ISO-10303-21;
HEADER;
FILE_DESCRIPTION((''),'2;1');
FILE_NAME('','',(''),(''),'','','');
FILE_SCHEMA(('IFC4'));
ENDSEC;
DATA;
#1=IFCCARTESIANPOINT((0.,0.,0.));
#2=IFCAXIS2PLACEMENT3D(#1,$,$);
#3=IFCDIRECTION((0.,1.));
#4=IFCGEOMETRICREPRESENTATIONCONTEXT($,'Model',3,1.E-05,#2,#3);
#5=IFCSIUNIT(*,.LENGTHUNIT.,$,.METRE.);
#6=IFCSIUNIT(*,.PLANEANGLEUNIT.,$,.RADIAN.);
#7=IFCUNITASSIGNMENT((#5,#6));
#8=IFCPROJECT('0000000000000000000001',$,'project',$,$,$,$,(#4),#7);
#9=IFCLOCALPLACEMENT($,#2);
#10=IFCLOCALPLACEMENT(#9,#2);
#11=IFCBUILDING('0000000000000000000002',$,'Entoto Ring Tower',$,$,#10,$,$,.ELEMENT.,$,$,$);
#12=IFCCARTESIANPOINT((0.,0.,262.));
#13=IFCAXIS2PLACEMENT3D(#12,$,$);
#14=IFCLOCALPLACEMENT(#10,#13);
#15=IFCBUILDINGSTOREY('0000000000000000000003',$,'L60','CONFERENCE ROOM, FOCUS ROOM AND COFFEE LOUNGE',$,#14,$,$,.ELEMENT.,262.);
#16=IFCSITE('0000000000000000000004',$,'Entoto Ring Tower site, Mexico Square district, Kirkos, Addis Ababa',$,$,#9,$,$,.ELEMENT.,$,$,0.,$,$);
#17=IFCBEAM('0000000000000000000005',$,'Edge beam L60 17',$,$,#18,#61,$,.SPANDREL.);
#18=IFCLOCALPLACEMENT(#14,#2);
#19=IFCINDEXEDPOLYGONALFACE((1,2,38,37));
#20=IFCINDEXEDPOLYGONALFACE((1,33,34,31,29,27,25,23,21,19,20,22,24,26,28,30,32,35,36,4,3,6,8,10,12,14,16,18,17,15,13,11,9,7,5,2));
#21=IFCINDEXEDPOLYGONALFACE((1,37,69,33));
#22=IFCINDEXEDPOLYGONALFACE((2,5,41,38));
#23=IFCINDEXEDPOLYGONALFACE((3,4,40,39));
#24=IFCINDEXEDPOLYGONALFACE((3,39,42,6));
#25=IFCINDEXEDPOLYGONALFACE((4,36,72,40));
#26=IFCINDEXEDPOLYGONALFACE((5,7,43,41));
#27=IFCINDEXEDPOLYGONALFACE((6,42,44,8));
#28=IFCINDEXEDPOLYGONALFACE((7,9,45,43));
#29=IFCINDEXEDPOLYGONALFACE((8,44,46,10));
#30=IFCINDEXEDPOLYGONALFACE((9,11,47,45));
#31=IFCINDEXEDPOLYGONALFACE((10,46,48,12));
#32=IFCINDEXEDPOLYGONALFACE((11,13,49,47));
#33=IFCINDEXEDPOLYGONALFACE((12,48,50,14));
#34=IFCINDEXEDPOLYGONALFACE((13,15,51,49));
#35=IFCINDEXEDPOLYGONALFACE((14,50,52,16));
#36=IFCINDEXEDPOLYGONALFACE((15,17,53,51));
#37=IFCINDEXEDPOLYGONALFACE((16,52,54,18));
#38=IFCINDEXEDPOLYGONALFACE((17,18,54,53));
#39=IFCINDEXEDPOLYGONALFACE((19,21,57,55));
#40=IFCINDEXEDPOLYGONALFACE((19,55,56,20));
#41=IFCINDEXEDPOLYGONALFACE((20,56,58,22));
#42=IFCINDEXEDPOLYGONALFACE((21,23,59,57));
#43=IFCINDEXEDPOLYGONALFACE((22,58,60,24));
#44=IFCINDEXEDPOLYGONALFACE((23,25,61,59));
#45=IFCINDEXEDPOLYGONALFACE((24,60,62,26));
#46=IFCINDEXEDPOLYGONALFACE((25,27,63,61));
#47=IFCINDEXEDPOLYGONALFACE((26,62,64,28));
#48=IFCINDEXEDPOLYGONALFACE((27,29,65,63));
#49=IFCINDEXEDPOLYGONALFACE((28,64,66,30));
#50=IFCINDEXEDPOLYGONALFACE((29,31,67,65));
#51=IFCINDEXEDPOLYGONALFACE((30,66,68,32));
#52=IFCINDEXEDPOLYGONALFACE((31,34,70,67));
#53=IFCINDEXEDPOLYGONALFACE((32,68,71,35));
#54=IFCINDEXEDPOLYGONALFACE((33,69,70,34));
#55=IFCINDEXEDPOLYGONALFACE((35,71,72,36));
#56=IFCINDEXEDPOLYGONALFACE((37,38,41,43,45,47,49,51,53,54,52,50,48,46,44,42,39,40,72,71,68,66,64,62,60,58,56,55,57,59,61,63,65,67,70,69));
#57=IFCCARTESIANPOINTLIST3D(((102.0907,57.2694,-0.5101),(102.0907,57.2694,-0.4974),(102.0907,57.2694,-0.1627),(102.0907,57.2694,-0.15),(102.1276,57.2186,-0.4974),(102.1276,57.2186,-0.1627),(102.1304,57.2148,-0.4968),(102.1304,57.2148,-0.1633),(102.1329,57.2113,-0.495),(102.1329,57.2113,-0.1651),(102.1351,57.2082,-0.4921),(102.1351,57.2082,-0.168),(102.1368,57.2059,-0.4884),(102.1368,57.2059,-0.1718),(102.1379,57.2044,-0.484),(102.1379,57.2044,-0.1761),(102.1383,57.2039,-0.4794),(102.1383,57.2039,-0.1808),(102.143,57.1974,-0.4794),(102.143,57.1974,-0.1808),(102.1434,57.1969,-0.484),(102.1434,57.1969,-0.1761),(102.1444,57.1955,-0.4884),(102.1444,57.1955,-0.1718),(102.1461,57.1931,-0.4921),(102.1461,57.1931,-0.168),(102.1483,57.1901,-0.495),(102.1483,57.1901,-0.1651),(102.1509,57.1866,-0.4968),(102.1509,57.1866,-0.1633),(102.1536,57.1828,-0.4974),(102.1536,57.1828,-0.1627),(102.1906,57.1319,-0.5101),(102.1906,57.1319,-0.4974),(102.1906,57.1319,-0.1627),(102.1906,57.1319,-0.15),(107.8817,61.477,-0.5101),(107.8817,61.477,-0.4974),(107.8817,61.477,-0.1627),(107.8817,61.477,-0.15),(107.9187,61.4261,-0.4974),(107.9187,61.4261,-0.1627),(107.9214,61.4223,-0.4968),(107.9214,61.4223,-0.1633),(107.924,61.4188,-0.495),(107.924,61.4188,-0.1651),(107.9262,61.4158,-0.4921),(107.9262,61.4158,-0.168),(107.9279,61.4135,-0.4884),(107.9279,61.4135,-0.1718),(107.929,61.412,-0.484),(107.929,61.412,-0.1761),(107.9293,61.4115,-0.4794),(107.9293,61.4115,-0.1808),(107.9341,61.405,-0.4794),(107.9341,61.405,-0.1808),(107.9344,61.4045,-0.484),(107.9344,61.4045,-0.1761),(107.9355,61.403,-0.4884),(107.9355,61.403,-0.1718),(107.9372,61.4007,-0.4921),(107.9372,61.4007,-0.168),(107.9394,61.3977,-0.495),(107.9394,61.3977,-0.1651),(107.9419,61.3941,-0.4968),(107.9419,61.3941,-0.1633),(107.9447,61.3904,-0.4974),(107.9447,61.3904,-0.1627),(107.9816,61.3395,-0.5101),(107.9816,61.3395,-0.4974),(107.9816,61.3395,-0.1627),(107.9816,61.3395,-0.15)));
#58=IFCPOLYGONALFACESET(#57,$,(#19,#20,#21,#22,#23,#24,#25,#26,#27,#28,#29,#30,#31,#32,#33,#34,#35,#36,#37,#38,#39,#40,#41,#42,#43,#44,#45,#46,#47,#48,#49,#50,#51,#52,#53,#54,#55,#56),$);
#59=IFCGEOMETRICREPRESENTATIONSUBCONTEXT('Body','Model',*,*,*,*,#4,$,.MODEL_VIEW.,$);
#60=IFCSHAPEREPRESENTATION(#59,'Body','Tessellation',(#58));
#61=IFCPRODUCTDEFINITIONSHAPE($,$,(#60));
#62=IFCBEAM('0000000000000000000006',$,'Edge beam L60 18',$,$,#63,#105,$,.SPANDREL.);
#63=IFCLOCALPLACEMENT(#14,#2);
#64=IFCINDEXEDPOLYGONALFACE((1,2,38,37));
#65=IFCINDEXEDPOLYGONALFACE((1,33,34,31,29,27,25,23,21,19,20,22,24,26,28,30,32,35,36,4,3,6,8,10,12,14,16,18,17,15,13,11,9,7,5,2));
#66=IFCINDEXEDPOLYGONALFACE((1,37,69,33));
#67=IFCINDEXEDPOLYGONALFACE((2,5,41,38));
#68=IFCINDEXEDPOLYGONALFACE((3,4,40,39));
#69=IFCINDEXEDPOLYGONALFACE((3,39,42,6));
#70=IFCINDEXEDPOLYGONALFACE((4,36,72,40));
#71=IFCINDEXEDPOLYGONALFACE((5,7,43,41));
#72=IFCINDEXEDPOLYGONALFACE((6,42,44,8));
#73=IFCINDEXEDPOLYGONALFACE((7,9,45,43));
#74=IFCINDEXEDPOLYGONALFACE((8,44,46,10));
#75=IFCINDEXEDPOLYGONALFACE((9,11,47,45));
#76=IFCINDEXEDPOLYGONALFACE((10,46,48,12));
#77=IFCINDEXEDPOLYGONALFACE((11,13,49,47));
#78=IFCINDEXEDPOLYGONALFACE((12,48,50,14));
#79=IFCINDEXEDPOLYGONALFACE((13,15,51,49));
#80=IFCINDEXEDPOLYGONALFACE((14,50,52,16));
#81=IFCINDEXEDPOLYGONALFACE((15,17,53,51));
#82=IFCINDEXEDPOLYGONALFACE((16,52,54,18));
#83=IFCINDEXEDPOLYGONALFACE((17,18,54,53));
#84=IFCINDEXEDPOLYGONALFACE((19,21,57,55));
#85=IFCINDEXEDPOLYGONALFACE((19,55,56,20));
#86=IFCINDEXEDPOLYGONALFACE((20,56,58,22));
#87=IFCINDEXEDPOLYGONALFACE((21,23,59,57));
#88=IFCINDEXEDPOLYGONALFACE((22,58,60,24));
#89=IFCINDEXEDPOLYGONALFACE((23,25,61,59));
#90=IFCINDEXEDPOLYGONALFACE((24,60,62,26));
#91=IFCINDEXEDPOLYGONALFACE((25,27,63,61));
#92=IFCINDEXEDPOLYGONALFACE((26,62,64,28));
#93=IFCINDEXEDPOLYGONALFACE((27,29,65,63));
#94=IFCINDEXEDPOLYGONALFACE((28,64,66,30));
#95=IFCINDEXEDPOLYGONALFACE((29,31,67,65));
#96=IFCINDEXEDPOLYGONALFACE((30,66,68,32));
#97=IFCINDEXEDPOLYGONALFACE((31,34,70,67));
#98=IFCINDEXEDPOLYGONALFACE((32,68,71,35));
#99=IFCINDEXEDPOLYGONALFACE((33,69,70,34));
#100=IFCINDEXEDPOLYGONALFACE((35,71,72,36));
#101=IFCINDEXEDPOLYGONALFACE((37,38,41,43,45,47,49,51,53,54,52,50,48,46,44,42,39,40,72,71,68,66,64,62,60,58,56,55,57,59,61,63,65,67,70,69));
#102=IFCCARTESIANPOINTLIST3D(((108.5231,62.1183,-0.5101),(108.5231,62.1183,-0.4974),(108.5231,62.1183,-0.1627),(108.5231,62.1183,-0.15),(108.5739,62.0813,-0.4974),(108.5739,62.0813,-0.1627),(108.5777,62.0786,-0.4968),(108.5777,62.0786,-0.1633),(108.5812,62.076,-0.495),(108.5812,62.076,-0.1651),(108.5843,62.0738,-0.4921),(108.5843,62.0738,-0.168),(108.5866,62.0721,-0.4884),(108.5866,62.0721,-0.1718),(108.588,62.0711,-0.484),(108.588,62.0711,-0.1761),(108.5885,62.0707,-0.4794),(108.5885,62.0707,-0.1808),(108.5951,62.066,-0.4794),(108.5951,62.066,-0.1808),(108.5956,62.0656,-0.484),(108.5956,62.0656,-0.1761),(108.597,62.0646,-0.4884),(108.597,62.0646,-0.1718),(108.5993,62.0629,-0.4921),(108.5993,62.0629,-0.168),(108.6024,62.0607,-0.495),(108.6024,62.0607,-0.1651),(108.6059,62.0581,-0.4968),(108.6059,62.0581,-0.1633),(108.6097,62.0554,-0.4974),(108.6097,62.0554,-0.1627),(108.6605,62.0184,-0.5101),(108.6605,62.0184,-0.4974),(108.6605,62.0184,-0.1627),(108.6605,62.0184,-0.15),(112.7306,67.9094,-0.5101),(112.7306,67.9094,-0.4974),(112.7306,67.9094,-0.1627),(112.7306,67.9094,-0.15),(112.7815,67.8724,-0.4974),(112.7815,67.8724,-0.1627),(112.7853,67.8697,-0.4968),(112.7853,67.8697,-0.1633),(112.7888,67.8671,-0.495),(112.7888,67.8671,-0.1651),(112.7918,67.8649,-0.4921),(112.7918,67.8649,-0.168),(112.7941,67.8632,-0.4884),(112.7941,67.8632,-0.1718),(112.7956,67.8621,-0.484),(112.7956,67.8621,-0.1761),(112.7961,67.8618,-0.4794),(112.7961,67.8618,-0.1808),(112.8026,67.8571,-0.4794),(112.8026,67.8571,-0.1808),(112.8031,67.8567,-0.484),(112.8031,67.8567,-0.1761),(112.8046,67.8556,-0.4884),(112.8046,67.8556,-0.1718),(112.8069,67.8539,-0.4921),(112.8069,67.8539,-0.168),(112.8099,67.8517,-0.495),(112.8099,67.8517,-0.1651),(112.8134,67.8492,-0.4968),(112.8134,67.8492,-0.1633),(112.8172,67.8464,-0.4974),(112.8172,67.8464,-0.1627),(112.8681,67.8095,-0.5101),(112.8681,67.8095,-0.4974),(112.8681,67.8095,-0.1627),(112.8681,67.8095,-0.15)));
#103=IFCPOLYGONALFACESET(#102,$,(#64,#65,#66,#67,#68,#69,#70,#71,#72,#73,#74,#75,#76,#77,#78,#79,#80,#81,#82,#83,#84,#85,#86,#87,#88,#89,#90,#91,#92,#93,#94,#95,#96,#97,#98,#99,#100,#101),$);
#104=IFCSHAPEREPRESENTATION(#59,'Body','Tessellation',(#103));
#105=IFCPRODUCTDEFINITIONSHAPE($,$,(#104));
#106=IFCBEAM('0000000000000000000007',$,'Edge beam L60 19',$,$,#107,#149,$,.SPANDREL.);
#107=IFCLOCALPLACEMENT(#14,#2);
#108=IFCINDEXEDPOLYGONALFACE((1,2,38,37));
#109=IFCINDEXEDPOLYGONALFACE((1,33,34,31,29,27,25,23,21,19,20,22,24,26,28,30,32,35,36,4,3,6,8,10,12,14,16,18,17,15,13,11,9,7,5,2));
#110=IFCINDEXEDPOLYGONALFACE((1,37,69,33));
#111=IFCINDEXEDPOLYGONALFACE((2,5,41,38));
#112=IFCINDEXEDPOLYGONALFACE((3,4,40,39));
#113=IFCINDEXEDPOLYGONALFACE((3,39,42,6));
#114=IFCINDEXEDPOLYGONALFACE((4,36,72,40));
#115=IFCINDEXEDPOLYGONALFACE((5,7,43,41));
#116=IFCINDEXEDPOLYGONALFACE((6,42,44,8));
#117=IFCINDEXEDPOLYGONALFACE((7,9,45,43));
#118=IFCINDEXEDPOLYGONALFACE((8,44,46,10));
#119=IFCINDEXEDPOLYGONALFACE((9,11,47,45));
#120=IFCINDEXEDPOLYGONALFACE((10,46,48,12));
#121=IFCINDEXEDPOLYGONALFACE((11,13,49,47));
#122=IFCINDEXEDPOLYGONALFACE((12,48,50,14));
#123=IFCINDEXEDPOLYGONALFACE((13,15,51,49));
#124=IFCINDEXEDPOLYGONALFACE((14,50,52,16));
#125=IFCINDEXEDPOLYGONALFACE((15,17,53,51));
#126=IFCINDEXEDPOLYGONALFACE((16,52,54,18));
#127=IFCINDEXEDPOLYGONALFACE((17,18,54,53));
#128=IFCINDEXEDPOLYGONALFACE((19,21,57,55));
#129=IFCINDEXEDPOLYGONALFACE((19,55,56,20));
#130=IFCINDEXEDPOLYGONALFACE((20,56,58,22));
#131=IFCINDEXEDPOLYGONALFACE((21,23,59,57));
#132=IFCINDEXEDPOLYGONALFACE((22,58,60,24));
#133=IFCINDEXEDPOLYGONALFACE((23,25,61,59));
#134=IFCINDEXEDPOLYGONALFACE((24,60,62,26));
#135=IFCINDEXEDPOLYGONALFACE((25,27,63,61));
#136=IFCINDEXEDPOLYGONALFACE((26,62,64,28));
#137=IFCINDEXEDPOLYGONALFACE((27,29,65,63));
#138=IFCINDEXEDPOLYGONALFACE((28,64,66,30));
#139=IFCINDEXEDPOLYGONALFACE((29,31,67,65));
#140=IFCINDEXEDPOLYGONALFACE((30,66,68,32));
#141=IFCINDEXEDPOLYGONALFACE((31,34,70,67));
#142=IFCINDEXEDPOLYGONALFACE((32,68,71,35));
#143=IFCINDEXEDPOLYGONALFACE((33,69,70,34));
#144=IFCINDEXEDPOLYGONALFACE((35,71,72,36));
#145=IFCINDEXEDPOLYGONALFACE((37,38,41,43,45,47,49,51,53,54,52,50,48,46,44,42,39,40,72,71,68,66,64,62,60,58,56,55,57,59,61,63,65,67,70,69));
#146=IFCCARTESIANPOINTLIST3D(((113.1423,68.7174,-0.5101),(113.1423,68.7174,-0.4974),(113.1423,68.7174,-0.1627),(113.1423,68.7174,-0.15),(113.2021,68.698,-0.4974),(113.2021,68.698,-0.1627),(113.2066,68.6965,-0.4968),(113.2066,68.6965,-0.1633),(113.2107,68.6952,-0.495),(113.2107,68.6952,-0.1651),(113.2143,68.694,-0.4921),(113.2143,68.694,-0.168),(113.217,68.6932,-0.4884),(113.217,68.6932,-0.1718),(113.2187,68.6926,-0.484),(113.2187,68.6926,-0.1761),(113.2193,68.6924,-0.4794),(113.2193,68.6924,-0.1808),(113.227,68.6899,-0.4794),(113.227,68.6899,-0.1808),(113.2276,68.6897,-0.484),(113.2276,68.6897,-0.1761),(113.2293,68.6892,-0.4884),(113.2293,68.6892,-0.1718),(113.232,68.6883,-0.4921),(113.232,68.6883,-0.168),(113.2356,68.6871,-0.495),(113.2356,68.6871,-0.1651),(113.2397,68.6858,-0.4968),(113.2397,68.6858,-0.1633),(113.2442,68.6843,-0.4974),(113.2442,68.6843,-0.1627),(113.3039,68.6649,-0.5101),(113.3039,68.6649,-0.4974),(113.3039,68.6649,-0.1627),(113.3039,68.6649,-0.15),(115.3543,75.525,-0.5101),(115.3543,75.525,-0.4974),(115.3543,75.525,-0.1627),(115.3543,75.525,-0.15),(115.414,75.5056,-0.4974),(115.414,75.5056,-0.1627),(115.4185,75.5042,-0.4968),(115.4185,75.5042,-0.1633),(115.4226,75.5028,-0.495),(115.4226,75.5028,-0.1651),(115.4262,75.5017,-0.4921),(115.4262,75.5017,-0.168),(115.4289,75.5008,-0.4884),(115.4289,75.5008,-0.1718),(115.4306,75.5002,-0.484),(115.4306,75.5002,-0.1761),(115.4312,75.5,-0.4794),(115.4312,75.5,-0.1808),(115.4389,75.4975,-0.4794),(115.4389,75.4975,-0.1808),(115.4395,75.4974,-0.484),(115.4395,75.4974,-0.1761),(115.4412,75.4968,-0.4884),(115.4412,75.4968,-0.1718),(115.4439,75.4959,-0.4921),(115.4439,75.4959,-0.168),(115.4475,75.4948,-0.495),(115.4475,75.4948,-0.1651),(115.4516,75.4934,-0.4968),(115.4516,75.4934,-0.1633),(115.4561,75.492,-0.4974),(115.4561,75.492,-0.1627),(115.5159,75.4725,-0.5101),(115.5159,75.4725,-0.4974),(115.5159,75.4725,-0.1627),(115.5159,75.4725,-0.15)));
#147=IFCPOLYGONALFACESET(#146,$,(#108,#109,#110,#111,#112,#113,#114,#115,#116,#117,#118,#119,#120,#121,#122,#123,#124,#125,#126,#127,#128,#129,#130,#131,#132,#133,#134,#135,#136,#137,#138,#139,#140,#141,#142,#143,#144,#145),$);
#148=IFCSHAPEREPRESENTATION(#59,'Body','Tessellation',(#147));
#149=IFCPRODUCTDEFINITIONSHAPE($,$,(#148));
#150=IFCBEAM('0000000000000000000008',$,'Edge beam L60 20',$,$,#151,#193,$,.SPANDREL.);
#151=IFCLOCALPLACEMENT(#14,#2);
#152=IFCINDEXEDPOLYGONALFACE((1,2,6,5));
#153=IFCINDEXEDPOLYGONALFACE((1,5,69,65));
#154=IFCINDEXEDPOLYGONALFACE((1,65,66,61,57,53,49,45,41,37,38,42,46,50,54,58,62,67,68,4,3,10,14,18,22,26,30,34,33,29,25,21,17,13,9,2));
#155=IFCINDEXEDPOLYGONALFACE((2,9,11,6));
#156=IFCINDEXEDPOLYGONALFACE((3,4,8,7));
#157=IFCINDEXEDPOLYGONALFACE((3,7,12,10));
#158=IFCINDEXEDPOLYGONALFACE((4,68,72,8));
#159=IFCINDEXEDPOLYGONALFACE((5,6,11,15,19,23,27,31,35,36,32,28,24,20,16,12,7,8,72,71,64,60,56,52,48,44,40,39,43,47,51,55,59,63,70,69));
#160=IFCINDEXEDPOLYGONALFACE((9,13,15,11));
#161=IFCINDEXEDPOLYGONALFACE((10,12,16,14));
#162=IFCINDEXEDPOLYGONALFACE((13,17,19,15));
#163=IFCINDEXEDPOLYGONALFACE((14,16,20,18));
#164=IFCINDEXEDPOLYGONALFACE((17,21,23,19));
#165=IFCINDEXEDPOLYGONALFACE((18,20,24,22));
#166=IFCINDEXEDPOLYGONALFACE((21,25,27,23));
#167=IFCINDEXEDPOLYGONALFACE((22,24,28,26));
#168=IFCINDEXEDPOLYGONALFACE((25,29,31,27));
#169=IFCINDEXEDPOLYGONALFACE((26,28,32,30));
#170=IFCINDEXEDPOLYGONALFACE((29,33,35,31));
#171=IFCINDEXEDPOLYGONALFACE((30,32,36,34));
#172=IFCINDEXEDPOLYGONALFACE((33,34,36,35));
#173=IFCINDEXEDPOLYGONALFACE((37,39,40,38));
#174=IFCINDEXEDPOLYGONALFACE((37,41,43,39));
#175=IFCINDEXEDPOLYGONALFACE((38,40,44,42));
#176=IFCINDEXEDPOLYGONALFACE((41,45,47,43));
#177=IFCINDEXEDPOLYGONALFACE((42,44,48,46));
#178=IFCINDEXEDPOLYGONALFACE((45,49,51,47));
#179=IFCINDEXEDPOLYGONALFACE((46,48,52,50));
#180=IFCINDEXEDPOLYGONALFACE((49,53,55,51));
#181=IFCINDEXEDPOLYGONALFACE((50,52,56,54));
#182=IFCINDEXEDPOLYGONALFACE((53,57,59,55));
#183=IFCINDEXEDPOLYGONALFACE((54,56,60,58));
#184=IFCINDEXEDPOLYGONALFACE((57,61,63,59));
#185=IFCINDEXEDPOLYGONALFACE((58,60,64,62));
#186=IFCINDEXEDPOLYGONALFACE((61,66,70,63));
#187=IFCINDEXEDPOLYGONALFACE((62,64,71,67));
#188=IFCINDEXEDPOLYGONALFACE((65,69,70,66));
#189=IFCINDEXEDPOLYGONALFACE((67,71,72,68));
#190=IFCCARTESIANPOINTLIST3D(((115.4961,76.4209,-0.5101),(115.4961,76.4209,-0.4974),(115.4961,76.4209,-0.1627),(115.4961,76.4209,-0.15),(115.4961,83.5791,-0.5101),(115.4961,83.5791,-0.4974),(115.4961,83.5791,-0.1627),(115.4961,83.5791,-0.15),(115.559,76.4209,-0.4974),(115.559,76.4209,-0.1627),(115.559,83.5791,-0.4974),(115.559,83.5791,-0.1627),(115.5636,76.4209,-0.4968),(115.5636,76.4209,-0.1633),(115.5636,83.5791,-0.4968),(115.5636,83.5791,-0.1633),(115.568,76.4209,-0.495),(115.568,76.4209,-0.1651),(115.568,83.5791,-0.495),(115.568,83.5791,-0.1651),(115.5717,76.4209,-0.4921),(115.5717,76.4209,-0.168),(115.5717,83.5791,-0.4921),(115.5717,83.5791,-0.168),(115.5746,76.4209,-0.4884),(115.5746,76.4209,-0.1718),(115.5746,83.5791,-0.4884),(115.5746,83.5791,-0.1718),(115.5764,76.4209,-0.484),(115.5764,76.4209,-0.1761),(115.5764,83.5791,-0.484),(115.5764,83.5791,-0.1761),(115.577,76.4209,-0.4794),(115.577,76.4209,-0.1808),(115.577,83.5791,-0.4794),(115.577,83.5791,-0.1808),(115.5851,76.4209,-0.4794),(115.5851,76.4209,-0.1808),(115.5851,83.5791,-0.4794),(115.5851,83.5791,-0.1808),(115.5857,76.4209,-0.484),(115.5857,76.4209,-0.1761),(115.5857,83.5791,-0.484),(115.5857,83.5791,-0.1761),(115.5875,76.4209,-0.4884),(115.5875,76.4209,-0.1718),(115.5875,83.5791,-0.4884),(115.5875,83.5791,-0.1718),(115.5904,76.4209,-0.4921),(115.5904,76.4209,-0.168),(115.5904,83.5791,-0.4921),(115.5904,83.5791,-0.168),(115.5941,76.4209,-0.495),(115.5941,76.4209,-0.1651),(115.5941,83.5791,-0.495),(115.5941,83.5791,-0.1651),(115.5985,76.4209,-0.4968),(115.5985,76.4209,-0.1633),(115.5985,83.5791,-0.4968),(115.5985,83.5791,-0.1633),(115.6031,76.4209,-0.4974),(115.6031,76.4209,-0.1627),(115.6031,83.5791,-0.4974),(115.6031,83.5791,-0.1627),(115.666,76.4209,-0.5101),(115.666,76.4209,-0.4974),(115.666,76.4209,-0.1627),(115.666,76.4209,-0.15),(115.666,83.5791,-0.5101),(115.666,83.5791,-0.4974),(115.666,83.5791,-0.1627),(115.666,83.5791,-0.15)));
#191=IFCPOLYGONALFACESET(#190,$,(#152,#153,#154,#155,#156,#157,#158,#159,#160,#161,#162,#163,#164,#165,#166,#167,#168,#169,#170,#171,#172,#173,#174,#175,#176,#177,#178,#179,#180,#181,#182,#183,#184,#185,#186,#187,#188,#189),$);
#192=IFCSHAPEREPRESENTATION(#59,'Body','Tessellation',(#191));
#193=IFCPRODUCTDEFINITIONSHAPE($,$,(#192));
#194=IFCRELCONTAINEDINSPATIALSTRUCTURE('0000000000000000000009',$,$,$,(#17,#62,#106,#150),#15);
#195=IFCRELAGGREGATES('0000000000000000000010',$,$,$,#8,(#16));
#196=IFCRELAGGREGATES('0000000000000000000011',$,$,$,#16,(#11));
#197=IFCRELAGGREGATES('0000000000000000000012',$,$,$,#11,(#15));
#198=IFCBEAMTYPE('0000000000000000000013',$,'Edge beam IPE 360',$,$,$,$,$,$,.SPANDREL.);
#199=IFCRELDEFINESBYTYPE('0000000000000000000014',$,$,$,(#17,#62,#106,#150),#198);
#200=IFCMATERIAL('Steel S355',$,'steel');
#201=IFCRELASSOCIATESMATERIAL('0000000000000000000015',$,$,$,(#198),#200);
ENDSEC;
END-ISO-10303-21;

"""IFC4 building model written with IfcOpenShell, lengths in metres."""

from ifc_helpers import new_model, si_unit, direction, frame, origin, origin_2d, place, context, subcontext, project, spatial, i_section, extrude, material, material_profile, profile_set, type_object, element, save


model = new_model("IFC4")

# Units and contexts
model_context = context("Model", 3, precision=1e-05, world=origin(), true_north=direction((0.0, 1.0)))
body_context = subcontext(model_context, "Body", "Model", "MODEL_VIEW")
ifc_project = project(units=[si_unit("LENGTHUNIT", "METRE"), si_unit("PLANEANGLEUNIT", "RADIAN")], contexts=[model_context])

# Site, building, storey
site_placement = place(None, origin())
site = spatial("IfcSite", under=ifc_project, at=site_placement, Name="Entoto Ring Tower site, Mexico Square district, Kirkos, Addis Ababa", CompositionType="ELEMENT", RefElevation=0.0)
building_placement = place(site_placement, origin())
building = spatial("IfcBuilding", under=site, at=building_placement, Name="Entoto Ring Tower", CompositionType="ELEMENT")
storey_placement = place(building_placement, frame((0.0, 0.0, 262.0)))
storey = spatial("IfcBuildingStorey", under=building, at=storey_placement, Name="L60", Description="CONFERENCE ROOM, FOCUS ROOM AND COFFEE LOUNGE", CompositionType="ELEMENT", Elevation=262.0)

# Beams
ifc_material_1 = material(Name="Steel S355", Category="steel")
ifc_material_profile_1 = material_profile(ifc_material_1, i_section(OverallWidth=0.1699, OverallDepth=0.3601, WebThickness=0.0081, FlangeThickness=0.0127, FilletRadius=0.0181, at=origin_2d()), Name="IPE 360")
ifc_profile_set_1 = profile_set([ifc_material_profile_1], Name="Steel S355")
beam_type_1 = type_object("IfcBeamType", Name="Edge beam IPE 360", PredefinedType="SPANDREL", material=ifc_profile_set_1)
for number, where, z_axis, x_axis, name in (
    (1, (102.1406, 57.2007, -0.3301), (0.80901, 0.587794, 0.0), (-0.587794, 0.80901, 0.0), "Edge beam L60 17"),
    (2, (108.5918, 62.0684, -0.3301), (0.587794, 0.80901, 0.0), (-0.80901, 0.587794, 0.0), "Edge beam L60 18"),
):
    element("IfcBeam", number, at=place(storey_placement, frame(where, z_axis=z_axis, x_axis=x_axis)), inside=storey, type_object=beam_type_1, Name=name, PredefinedType="SPANDREL", context=body_context, shape_type="SweptSolid", body=[
        extrude(i_section(OverallWidth=0.1699, OverallDepth=0.3601, WebThickness=0.0081, FlangeThickness=0.0127, FilletRadius=0.0181, at=origin_2d()), origin(), (0.0, 0.0, 1.0), 7.1582),
    ])
beam_1_placement = place(storey_placement, frame((113.2231, 68.6912, -0.3301), z_axis=(0.309015, 0.951057, 0.0), x_axis=(-0.951057, 0.309015, 0.0)))
element("IfcBeam", 3, at=beam_1_placement, inside=storey, type_object=beam_type_1, Name="Edge beam L60 19", PredefinedType="SPANDREL", context=body_context, shape_type="SweptSolid", body=[
    extrude(i_section(OverallWidth=0.1699, OverallDepth=0.3601, WebThickness=0.0081, FlangeThickness=0.0127, FilletRadius=0.0181, at=origin_2d()), origin(), (0.0, 0.0, 1.0), 7.158),
])
beam_2_placement = place(storey_placement, frame((115.5811, 76.4209, -0.3301), z_axis=(0.0, 1.0, 0.0), x_axis=(-1.0, 0.0, 0.0)))
element("IfcBeam", 4, at=beam_2_placement, inside=storey, type_object=beam_type_1, Name="Edge beam L60 20", PredefinedType="SPANDREL", context=body_context, shape_type="SweptSolid", body=[
    extrude(i_section(OverallWidth=0.1699, OverallDepth=0.3601, WebThickness=0.0081, FlangeThickness=0.0127, FilletRadius=0.0181, at=origin_2d()), origin(), (0.0, 0.0, 1.0), 7.1582),
])

save(model, "model.ifc")
